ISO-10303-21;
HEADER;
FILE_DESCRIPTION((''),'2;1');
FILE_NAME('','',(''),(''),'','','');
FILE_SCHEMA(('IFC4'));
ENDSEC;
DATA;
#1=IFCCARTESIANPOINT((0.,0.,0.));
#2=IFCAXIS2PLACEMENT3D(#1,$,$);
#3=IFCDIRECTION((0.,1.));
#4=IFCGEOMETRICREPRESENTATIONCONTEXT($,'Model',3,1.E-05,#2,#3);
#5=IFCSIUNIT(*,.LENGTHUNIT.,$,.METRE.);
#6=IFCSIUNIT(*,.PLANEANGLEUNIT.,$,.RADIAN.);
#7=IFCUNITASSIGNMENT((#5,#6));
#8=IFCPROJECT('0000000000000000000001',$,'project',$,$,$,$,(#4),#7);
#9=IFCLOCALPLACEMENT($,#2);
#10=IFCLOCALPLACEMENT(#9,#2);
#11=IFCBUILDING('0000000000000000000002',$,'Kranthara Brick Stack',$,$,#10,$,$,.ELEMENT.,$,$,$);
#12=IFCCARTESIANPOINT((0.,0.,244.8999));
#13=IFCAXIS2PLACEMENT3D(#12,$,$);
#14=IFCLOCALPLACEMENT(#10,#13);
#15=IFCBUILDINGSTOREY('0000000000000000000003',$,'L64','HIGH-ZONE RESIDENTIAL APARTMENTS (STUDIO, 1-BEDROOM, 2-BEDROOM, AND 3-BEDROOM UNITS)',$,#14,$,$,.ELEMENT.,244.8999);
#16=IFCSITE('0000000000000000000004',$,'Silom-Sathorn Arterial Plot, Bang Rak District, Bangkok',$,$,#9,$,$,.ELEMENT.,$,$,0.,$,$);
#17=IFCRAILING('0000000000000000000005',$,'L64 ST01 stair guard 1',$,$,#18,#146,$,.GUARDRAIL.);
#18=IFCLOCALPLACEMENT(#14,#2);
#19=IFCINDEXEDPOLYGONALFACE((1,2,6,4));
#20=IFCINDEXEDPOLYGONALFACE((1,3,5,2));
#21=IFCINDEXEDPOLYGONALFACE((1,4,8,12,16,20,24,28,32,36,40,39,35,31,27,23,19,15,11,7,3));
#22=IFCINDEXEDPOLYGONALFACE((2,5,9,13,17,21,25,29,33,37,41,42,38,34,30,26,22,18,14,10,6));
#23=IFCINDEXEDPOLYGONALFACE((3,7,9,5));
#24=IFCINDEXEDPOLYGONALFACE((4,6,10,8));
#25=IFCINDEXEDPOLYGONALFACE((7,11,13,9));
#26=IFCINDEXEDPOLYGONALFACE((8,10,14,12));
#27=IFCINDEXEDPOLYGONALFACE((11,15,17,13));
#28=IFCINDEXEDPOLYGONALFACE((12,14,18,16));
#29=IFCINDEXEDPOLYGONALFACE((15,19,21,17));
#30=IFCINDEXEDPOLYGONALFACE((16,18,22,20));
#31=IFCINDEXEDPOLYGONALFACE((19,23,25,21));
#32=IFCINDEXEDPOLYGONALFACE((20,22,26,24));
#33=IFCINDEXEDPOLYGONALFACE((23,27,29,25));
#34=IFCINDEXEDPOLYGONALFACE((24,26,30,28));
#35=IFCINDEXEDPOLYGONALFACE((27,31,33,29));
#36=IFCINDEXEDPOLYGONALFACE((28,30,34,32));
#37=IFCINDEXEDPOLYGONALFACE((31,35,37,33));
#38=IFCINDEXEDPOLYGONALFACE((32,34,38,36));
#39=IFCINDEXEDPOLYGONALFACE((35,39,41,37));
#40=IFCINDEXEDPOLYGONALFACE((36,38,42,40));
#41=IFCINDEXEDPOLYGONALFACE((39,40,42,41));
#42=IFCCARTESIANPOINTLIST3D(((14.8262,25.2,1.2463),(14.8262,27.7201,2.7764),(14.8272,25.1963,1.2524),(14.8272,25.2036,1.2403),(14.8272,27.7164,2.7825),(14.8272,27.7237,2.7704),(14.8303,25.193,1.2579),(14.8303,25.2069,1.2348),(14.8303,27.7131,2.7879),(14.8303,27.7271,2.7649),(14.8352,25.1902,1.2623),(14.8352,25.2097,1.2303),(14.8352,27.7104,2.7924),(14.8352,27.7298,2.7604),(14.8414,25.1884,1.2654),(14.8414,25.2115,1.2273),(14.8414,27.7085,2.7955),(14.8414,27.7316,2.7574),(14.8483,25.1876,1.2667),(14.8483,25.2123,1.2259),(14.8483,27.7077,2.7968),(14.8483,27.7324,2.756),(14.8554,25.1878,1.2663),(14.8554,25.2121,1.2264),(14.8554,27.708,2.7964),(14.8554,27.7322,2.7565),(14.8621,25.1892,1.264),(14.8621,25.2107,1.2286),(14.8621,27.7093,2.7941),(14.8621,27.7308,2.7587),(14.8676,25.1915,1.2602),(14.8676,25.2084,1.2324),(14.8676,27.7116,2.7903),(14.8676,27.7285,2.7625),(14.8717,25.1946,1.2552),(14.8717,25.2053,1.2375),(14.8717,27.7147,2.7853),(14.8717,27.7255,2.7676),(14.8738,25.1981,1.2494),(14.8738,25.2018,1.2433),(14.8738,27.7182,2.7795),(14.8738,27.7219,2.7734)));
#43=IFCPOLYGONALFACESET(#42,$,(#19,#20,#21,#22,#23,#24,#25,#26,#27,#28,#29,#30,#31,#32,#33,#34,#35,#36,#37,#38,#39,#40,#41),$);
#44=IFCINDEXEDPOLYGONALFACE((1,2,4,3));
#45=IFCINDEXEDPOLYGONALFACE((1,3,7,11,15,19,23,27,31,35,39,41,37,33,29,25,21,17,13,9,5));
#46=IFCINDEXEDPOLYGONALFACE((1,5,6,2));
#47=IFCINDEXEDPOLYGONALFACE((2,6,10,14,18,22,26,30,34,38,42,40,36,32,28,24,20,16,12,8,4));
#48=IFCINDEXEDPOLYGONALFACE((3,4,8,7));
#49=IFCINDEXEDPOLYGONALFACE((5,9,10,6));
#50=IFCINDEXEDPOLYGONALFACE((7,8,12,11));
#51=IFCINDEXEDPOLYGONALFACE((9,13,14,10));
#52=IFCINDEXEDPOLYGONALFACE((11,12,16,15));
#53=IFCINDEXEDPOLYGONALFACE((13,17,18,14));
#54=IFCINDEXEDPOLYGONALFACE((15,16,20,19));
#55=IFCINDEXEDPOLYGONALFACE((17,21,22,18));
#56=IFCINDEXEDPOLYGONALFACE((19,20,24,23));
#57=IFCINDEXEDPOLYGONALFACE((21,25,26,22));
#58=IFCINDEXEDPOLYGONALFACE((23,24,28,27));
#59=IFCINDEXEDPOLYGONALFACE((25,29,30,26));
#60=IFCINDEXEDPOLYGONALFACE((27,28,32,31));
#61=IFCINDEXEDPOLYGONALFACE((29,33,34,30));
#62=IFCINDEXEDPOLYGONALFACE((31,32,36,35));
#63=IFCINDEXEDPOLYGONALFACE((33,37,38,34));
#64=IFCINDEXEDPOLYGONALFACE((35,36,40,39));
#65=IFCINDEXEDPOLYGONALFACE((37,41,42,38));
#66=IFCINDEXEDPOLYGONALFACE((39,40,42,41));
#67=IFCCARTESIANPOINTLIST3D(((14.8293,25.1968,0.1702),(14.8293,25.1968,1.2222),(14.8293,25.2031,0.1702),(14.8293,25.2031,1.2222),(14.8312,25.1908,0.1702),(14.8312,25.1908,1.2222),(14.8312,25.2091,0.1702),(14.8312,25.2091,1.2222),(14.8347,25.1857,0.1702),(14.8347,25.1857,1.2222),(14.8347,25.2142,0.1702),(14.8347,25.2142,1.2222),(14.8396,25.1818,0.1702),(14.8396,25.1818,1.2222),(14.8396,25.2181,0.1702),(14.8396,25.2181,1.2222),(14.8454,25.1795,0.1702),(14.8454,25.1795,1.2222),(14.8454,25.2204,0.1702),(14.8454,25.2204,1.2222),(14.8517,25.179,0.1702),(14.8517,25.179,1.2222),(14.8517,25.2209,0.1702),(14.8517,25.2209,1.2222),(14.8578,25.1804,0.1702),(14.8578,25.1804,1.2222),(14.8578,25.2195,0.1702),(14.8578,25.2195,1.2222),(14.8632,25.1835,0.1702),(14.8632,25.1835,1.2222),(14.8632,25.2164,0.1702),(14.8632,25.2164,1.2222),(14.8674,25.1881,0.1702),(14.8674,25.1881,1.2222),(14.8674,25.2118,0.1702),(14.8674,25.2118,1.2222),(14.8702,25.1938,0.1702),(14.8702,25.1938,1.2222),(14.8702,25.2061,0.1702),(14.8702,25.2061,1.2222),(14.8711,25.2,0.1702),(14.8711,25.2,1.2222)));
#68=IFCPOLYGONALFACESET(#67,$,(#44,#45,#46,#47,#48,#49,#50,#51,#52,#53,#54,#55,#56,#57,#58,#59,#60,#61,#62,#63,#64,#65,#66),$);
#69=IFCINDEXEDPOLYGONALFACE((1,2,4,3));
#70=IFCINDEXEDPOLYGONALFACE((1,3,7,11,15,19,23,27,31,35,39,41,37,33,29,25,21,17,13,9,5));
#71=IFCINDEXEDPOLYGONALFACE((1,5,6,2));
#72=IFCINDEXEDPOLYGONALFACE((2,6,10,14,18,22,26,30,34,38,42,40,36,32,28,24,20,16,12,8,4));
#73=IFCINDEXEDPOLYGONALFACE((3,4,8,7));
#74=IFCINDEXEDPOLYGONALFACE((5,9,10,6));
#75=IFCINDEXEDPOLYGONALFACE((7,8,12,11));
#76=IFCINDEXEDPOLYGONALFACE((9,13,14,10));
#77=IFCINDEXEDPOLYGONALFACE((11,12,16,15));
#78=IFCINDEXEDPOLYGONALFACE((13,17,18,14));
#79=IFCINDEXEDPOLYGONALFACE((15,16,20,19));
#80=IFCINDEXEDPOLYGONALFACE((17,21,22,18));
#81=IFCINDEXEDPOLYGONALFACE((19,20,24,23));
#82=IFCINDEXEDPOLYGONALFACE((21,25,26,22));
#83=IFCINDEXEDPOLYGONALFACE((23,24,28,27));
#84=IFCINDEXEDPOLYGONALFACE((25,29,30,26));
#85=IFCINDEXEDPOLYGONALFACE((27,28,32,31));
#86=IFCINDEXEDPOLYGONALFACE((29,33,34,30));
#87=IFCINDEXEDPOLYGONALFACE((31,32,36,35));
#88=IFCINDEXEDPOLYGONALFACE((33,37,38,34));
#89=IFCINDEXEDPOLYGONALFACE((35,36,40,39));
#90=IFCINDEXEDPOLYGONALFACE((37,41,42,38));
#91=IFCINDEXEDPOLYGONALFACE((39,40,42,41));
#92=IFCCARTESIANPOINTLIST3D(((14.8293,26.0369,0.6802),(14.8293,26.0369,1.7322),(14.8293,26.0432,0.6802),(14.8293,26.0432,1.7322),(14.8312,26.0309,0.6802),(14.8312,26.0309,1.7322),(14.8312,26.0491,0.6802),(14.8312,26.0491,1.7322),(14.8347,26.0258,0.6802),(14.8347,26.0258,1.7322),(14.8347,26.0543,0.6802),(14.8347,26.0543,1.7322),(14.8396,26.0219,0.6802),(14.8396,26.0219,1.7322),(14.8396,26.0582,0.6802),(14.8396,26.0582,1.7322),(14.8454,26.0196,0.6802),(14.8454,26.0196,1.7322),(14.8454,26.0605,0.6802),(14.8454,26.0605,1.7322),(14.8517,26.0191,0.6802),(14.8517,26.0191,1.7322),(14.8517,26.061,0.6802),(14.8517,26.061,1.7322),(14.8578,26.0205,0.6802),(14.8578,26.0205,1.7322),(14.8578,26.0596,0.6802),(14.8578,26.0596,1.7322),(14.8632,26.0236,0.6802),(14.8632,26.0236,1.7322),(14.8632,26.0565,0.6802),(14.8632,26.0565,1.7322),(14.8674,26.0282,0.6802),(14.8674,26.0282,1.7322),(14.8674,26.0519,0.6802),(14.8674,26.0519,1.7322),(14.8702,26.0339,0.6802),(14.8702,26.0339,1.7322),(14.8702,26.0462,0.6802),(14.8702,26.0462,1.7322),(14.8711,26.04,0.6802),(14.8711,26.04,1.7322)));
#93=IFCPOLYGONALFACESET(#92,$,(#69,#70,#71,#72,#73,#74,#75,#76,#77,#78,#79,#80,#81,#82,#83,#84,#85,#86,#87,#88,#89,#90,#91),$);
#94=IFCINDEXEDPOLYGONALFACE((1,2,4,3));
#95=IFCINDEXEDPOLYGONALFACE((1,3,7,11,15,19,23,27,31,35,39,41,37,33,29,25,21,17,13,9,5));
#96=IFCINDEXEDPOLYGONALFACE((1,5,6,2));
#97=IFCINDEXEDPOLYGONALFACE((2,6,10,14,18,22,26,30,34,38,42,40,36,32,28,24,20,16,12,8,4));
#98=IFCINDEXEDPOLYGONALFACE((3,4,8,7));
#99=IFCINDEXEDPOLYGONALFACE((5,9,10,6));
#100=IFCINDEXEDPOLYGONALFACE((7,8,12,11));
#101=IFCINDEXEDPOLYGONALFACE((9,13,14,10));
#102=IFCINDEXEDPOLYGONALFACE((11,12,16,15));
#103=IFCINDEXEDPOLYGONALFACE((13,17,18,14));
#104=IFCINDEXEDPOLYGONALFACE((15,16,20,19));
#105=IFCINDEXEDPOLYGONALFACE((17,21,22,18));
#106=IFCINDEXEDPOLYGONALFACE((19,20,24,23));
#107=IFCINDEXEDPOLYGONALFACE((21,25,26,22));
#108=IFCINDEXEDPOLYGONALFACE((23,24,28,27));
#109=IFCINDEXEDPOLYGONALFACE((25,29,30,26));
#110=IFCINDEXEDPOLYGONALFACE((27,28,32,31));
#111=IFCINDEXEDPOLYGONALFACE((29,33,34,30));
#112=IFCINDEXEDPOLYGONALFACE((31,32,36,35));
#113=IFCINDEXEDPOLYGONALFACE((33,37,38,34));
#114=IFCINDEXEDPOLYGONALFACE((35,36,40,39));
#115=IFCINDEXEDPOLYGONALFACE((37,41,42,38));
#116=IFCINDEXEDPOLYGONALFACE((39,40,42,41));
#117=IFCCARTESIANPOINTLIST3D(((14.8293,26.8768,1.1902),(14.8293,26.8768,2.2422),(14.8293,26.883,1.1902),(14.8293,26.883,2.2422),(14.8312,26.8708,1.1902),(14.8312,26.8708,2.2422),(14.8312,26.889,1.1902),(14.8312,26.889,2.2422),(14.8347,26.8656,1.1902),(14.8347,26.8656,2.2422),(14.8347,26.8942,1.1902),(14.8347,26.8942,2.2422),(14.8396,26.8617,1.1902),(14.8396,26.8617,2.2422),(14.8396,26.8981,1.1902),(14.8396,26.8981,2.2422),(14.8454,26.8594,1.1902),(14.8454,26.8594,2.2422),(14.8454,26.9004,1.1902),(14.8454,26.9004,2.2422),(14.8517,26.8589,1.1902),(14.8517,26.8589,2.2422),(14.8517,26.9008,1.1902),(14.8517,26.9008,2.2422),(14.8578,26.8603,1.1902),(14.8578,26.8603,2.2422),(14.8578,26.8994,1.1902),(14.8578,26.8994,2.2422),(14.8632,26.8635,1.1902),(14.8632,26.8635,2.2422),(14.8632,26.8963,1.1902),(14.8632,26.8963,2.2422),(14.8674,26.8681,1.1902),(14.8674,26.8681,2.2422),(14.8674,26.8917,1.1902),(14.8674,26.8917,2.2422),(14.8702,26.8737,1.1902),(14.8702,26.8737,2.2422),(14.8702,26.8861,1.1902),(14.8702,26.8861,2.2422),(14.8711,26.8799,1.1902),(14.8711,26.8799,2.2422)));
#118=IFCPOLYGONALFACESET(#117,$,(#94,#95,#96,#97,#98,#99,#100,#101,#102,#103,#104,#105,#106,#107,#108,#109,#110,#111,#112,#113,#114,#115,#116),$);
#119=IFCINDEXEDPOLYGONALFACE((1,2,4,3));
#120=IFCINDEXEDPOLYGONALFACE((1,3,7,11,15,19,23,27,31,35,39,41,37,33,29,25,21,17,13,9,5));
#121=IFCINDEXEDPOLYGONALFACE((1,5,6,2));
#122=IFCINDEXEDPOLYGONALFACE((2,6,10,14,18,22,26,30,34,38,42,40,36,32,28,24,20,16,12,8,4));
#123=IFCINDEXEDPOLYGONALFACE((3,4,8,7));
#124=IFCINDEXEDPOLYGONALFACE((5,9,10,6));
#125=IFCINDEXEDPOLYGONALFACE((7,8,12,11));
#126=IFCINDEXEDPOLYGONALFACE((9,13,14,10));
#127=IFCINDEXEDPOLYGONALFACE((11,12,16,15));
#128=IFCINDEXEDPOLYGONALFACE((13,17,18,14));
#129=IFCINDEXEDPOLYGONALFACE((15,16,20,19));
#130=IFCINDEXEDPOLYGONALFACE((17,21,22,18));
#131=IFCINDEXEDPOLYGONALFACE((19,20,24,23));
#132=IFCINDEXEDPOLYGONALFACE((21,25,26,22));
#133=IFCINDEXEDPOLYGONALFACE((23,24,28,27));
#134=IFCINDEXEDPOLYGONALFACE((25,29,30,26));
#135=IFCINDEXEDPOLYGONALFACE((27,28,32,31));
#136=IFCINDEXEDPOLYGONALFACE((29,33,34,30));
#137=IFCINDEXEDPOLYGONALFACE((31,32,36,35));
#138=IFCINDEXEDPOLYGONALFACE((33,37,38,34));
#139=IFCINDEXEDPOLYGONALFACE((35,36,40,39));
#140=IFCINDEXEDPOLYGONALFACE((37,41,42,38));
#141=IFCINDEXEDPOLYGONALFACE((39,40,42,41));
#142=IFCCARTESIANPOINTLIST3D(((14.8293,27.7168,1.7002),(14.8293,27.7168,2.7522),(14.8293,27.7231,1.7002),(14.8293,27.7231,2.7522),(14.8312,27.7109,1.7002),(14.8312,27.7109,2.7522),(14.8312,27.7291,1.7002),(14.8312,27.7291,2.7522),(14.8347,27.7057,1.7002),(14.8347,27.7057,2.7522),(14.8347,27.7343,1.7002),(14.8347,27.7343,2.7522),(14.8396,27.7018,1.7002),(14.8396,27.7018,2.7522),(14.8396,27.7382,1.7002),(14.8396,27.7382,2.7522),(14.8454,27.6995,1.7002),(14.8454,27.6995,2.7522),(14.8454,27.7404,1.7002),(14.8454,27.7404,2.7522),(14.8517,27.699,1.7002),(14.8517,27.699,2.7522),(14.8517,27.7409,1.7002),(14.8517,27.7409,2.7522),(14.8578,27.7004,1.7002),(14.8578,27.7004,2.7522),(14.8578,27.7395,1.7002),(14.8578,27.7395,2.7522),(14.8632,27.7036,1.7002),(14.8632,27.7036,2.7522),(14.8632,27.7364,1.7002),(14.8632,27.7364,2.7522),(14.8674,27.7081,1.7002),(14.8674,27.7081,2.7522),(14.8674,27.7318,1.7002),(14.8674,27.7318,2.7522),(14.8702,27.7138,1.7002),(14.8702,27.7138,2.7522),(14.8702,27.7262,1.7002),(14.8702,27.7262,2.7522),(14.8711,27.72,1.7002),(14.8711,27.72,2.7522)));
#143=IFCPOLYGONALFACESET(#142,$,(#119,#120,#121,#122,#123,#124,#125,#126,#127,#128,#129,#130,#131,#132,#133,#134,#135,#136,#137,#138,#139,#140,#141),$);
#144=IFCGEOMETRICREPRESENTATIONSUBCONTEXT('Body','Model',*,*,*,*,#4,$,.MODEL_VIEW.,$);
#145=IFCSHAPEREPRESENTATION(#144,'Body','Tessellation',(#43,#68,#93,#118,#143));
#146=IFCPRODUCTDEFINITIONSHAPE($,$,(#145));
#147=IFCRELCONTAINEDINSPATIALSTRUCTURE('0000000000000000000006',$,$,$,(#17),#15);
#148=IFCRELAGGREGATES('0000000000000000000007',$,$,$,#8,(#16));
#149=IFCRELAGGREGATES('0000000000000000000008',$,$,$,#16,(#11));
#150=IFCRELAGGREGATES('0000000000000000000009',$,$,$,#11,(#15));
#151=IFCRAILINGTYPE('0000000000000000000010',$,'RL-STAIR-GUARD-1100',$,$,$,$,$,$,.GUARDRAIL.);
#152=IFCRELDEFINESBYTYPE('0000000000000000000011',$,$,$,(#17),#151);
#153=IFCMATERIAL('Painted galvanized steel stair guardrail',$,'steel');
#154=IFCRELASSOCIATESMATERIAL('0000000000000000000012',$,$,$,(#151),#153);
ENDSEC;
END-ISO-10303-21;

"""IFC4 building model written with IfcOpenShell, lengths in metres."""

from ifc_helpers import new_model, si_unit, direction, frame, origin, origin_2d, place, context, subcontext, project, spatial, circle, extrude, material, type_object, element, save


model = new_model("IFC4")

# Units and contexts
model_context = context("Model", 3, precision=1e-05, world=origin(), true_north=direction((0.0, 1.0)))
body_context = subcontext(model_context, "Body", "Model", "MODEL_VIEW")
ifc_project = project(units=[si_unit("LENGTHUNIT", "METRE"), si_unit("PLANEANGLEUNIT", "RADIAN")], contexts=[model_context])

# Site, building, storey
site_placement = place(None, origin())
site = spatial("IfcSite", under=ifc_project, at=site_placement, Name="Silom-Sathorn Arterial Plot, Bang Rak District, Bangkok", CompositionType="ELEMENT", RefElevation=0.0)
building_placement = place(site_placement, origin())
building = spatial("IfcBuilding", under=site, at=building_placement, Name="Kranthara Brick Stack", CompositionType="ELEMENT")
storey_placement = place(building_placement, frame((0.0, 0.0, 244.8999)))
storey = spatial("IfcBuildingStorey", under=building, at=storey_placement, Name="L64", Description="HIGH-ZONE RESIDENTIAL APARTMENTS (STUDIO, 1-BEDROOM, 2-BEDROOM, AND 3-BEDROOM UNITS)", CompositionType="ELEMENT", Elevation=244.8999)

# Railing
ifc_material_1 = material(Name="Painted galvanized steel stair guardrail", Category="steel")
railing_type_1 = type_object("IfcRailingType", Name="RL-STAIR-GUARD-1100", PredefinedType="GUARDRAIL", material=ifc_material_1)
railing_1_placement = place(storey_placement, frame((14.8501, 25.2, 0.1702)))
element("IfcRailing", 1, at=railing_1_placement, inside=storey, type_object=railing_type_1, Name="L64 ST01 stair guard 1", PredefinedType="GUARDRAIL", context=body_context, shape_type="SweptSolid", body=[
    extrude(circle(Radius=0.0239, at=origin_2d()), frame((0.0, 0.0, 1.0762), z_axis=(0.0, 0.854785, 0.518982), x_axis=(-1.0, 0.0, 0.0)), (0.0, 0.0, 1.0), 2.9482),
    extrude(circle(Radius=0.021, at=origin_2d()), origin(), (0.0, 0.0, 1.0), 1.052),
    extrude(circle(Radius=0.021, at=origin_2d()), frame((0.0, 0.8401, 0.51)), (0.0, 0.0, 1.0), 1.052),
    extrude(circle(Radius=0.021, at=origin_2d()), frame((0.0, 1.6799, 1.02)), (0.0, 0.0, 1.0), 1.052),
    extrude(circle(Radius=0.021, at=origin_2d()), frame((0.0, 2.52, 1.53)), (0.0, 0.0, 1.0), 1.052),
])

save(model, "model.ifc")
